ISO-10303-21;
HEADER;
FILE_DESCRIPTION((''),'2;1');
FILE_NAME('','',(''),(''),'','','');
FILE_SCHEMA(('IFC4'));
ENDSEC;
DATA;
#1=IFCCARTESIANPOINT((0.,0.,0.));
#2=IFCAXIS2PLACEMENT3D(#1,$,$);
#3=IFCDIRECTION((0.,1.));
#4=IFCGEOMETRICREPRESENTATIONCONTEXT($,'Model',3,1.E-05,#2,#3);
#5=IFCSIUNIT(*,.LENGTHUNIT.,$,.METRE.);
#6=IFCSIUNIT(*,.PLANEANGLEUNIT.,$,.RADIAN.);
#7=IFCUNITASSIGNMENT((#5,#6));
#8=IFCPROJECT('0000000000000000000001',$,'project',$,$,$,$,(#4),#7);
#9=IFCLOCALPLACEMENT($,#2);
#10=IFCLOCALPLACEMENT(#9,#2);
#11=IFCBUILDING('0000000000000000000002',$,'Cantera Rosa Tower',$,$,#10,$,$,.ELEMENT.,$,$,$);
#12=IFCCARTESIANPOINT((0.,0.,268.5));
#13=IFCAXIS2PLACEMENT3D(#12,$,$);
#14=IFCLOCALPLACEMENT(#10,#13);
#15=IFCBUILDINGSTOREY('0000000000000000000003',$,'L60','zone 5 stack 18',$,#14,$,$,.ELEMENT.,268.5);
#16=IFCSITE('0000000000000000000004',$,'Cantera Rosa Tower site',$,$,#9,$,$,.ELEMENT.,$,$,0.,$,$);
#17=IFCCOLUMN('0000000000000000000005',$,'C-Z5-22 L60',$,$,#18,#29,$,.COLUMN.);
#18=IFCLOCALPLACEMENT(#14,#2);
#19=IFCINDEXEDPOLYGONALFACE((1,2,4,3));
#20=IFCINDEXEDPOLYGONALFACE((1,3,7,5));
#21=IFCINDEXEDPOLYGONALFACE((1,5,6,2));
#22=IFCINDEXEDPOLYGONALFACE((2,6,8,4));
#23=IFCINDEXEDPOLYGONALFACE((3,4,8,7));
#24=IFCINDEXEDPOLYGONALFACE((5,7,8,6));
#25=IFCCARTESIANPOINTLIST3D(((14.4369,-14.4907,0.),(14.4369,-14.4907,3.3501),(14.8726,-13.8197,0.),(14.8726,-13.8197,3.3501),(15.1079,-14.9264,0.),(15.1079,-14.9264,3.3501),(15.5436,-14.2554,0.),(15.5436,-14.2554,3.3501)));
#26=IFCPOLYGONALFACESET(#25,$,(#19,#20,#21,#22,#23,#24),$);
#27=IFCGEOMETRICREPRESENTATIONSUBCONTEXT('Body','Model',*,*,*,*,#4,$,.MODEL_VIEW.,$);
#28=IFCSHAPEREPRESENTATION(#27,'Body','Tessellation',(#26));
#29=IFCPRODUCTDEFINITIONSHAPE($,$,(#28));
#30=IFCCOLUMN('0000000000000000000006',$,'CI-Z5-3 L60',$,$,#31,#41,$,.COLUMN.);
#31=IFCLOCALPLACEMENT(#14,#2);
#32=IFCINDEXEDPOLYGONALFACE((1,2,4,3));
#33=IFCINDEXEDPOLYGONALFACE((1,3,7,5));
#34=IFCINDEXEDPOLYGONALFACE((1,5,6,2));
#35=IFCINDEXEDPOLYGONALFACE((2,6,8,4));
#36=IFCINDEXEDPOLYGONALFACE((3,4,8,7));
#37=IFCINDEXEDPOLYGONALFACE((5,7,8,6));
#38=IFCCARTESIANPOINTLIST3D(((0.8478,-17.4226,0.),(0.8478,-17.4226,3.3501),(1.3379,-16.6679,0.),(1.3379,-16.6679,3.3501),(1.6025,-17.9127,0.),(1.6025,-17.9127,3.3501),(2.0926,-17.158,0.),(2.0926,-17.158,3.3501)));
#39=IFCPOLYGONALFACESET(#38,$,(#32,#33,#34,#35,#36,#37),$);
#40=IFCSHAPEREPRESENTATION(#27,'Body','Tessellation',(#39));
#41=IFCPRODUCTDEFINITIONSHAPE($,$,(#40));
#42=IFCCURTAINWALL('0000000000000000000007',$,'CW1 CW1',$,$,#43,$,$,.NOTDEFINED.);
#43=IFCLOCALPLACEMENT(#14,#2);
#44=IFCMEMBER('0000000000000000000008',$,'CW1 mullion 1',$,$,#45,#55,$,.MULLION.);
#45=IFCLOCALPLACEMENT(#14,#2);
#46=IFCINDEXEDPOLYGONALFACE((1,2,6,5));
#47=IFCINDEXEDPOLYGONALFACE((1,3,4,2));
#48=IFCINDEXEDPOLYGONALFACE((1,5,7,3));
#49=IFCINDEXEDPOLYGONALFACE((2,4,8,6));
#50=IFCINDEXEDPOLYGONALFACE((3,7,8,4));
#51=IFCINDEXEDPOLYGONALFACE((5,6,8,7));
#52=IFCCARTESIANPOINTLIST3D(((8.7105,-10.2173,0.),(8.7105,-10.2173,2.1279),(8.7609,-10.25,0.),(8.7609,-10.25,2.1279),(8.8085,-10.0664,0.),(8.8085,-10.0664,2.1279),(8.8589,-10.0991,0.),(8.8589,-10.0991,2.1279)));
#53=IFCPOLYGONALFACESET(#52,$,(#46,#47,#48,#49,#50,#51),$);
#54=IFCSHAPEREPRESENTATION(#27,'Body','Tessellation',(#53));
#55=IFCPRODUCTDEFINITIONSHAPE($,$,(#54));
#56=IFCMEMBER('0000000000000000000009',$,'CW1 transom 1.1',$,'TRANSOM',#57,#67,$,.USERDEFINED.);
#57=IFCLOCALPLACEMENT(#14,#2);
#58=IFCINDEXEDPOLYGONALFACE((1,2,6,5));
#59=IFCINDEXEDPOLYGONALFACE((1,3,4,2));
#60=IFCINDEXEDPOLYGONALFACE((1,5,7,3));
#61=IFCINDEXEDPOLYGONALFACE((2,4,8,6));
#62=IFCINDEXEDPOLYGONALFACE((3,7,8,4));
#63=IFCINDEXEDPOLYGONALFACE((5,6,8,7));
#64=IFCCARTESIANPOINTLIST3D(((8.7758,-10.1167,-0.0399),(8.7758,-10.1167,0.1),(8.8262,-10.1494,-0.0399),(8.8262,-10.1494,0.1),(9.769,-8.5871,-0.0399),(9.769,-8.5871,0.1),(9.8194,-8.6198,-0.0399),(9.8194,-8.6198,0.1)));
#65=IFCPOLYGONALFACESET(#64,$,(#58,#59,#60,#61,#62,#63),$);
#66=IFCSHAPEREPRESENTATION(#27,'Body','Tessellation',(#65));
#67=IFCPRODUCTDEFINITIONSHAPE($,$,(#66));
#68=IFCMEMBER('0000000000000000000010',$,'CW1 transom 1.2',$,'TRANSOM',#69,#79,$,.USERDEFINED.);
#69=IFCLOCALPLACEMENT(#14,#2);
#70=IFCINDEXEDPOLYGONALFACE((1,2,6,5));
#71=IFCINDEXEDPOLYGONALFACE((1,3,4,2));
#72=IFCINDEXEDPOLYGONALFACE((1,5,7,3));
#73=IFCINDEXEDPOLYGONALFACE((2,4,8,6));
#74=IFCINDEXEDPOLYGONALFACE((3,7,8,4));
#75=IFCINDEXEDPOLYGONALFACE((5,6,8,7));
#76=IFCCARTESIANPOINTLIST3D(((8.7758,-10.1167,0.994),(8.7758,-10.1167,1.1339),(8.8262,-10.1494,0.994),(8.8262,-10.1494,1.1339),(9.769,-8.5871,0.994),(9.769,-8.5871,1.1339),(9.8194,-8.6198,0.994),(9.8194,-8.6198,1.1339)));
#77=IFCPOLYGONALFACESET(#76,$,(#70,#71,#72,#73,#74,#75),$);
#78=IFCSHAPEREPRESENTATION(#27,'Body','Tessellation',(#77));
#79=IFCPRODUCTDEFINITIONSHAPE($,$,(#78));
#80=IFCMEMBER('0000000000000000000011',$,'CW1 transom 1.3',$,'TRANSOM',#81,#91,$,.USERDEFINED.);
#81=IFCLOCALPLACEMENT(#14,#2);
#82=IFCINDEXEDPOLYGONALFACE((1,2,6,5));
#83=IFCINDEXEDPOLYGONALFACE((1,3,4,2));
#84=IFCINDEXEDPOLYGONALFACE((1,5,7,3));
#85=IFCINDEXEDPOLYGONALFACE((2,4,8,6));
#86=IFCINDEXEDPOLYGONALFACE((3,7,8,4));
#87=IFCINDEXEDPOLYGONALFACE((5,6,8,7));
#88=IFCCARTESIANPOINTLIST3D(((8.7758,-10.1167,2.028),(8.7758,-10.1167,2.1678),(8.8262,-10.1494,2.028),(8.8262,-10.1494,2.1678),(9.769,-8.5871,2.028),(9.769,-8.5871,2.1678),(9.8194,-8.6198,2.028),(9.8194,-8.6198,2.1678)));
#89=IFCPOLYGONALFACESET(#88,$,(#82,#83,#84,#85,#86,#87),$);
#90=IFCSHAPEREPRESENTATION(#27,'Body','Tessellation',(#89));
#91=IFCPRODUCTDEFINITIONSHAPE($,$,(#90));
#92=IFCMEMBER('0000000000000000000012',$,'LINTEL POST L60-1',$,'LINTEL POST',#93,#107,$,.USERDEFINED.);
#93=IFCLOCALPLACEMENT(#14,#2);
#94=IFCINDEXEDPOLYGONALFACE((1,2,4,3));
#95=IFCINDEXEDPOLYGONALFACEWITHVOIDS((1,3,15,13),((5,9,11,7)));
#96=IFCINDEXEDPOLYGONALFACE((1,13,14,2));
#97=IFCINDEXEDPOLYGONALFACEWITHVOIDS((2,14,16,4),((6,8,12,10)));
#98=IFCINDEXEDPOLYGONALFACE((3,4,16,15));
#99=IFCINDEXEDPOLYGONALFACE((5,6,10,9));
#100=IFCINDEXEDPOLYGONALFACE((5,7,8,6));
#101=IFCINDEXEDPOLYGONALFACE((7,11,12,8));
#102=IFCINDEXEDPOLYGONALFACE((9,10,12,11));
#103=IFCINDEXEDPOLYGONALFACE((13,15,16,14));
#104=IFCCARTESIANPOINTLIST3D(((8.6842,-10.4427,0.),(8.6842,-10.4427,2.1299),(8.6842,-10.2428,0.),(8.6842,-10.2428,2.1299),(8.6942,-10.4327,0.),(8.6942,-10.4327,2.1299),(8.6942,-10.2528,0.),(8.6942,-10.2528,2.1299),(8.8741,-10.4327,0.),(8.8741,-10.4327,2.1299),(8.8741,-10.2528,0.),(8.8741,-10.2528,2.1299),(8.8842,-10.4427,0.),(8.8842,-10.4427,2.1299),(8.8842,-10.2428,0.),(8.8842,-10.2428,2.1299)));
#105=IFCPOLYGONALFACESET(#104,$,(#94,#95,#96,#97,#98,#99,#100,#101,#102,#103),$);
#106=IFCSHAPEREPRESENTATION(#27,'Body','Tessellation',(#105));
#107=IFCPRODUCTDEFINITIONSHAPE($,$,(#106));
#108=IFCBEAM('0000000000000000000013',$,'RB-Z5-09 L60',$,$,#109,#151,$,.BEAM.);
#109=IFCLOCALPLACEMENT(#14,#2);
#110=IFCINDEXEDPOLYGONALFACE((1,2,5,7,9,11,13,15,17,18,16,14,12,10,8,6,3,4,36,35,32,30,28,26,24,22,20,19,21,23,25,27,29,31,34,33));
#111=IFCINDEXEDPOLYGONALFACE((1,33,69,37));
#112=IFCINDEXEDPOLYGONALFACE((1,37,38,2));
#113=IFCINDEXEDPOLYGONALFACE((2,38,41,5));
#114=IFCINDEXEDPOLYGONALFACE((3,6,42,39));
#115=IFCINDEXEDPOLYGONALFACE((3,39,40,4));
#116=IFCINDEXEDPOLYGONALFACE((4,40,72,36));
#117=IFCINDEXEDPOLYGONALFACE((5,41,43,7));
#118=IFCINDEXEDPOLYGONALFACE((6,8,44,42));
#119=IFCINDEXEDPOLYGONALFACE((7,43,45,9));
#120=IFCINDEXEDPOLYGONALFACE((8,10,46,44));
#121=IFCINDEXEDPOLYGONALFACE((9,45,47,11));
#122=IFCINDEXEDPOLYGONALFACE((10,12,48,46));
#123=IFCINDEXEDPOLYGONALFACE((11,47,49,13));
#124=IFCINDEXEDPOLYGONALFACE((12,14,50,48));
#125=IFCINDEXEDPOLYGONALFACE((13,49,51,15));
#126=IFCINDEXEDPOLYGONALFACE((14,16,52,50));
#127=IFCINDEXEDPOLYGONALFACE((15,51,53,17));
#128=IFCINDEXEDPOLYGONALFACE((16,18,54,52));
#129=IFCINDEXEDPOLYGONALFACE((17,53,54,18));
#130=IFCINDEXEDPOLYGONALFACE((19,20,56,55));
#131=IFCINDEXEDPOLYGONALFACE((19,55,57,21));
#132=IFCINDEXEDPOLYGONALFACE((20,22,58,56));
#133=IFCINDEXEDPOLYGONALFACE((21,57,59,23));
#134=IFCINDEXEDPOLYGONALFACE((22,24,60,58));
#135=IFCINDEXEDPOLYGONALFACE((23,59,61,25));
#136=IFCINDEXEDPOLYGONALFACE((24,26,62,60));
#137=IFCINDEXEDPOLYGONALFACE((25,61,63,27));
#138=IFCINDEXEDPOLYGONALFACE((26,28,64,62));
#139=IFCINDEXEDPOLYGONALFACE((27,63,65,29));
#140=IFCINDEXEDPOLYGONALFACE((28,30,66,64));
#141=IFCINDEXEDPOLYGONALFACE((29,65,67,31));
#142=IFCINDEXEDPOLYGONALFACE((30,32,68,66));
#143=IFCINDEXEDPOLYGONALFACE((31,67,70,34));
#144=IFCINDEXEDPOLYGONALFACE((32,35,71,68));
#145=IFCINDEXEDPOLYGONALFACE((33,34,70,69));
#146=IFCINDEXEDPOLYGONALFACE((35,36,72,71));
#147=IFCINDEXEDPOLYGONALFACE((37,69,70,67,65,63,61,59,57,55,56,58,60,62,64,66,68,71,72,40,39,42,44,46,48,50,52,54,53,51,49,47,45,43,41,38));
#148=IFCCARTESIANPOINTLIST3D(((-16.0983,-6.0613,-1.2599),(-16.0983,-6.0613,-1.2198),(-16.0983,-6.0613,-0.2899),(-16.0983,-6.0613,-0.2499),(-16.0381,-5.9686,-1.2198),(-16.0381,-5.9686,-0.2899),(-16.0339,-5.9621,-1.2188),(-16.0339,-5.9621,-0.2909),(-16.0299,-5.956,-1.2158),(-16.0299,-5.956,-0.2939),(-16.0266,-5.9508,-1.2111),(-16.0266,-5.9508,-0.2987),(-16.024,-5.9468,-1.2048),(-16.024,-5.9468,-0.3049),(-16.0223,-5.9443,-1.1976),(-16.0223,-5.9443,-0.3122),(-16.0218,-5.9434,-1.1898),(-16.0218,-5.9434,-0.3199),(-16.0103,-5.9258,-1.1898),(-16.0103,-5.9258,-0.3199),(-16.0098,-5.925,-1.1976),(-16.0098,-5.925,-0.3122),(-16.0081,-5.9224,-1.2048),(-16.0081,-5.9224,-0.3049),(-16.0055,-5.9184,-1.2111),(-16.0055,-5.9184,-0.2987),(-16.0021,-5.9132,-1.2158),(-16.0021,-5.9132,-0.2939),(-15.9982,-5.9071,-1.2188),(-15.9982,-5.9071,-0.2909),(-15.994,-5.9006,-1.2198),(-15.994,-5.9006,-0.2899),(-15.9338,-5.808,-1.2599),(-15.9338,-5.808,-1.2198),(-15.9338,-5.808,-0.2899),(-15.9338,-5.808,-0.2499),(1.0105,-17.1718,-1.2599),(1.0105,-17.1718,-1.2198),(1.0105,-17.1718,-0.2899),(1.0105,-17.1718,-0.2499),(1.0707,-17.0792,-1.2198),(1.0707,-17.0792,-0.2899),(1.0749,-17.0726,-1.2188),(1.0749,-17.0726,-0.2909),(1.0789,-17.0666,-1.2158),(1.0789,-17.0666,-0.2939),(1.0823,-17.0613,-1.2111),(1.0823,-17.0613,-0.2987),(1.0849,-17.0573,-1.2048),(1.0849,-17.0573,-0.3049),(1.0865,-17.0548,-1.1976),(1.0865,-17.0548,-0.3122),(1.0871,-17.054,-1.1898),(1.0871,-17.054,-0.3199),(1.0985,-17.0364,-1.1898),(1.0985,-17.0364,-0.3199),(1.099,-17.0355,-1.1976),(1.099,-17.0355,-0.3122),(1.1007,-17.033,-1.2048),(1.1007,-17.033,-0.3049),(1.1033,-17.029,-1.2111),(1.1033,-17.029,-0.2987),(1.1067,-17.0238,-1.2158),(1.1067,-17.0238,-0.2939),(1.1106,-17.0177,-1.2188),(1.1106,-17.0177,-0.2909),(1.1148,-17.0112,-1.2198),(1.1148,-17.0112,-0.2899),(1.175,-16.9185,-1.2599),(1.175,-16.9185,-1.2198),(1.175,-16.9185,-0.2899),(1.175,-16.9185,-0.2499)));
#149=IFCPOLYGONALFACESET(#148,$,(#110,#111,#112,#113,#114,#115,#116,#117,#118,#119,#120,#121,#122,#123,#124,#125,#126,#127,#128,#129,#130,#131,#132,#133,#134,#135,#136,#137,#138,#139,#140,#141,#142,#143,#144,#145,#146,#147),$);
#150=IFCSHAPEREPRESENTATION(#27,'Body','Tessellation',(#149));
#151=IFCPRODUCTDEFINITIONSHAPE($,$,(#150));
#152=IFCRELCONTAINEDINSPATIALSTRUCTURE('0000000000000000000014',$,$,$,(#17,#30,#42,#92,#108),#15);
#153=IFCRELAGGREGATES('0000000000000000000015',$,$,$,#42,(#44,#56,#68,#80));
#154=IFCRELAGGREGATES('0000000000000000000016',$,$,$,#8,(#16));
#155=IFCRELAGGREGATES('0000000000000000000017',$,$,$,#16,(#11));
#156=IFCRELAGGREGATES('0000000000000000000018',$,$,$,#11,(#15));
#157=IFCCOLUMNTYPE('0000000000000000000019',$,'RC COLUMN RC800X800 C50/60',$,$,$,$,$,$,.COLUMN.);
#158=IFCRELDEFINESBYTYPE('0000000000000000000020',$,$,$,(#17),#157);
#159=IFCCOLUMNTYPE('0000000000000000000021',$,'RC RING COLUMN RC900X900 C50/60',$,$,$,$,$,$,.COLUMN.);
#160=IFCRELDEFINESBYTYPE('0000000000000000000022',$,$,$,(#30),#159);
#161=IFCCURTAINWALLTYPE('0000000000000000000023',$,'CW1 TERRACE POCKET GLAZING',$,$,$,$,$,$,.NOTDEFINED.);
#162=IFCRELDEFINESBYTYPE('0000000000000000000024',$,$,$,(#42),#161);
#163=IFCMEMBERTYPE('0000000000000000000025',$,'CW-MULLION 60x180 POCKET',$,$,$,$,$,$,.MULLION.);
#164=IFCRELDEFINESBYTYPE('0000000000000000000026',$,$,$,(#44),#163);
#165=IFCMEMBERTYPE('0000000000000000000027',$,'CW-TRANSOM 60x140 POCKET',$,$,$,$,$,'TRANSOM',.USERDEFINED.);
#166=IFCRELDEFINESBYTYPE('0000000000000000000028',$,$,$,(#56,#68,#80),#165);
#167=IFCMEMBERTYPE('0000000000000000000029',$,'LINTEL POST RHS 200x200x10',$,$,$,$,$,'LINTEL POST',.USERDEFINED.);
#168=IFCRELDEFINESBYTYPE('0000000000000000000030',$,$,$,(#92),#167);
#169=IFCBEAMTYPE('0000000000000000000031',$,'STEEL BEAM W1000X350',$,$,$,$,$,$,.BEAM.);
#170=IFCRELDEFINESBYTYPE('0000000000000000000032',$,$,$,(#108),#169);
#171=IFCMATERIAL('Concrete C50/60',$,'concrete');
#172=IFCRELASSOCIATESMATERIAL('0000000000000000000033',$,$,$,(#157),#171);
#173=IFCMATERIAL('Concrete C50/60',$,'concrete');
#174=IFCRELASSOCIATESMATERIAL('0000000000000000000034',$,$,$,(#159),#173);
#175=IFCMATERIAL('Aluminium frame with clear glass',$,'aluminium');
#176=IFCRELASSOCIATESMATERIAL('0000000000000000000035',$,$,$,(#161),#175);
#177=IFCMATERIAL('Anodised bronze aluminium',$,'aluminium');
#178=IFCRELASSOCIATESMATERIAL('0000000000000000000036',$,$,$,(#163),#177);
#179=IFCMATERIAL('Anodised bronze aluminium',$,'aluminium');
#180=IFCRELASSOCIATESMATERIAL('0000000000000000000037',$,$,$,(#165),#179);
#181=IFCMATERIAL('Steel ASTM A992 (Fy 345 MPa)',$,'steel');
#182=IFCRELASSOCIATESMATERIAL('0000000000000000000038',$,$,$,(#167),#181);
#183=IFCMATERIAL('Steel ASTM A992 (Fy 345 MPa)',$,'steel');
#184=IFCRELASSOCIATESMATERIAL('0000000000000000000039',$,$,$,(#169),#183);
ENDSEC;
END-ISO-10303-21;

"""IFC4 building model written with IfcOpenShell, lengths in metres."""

from ifc_helpers import new_model, si_unit, direction, frame, origin, origin_2d, place, context, subcontext, project, spatial, rectangle, hollow_rectangle, i_section, extrude, material, material_profile, profile_set, type_object, element, aggregate, save


model = new_model("IFC4")

# Units and contexts
model_context = context("Model", 3, precision=1e-05, world=origin(), true_north=direction((0.0, 1.0)))
body_context = subcontext(model_context, "Body", "Model", "MODEL_VIEW")
ifc_project = project(units=[si_unit("LENGTHUNIT", "METRE"), si_unit("PLANEANGLEUNIT", "RADIAN")], contexts=[model_context])

# Site, building, storey
site_placement = place(None, origin())
site = spatial("IfcSite", under=ifc_project, at=site_placement, Name="Cantera Rosa Tower site", CompositionType="ELEMENT", RefElevation=0.0)
building_placement = place(site_placement, origin())
building = spatial("IfcBuilding", under=site, at=building_placement, Name="Cantera Rosa Tower", CompositionType="ELEMENT")
storey_placement = place(building_placement, frame((0.0, 0.0, 268.5)))
storey = spatial("IfcBuildingStorey", under=building, at=storey_placement, Name="L60", Description="zone 5 stack 18", CompositionType="ELEMENT", Elevation=268.5)

# Columns
ifc_material_1 = material(Name="Concrete C50/60", Category="concrete")
ifc_material_profile_1 = material_profile(ifc_material_1, rectangle(XDim=0.8, YDim=0.8, at=origin_2d()), Name="RC COLUMN RC800X800 C50/60")
ifc_profile_set_1 = profile_set([ifc_material_profile_1], Name="Concrete C50/60")
column_type_1 = type_object("IfcColumnType", Name="RC COLUMN RC800X800 C50/60", PredefinedType="COLUMN", material=ifc_profile_set_1)
column_1_placement = place(storey_placement, frame((14.9902, -14.373, 0.0), z_axis=(0.0, 0.0, 1.0), x_axis=(0.544639, 0.838671, 0.0)))
element("IfcColumn", 1, at=column_1_placement, inside=storey, type_object=column_type_1, Name="C-Z5-22 L60", PredefinedType="COLUMN", context=body_context, shape_type="SweptSolid", body=[
    extrude(rectangle(XDim=0.8, YDim=0.8, at=origin_2d()), origin(), (0.0, 0.0, 1.0), 3.3501),
])
ifc_material_2 = material(Name="Concrete C50/60", Category="concrete")
ifc_material_profile_2 = material_profile(ifc_material_2, rectangle(XDim=0.8999, YDim=0.8999, at=origin_2d()), Name="RC RING COLUMN RC900X900 C50/60")
ifc_profile_set_2 = profile_set([ifc_material_profile_2], Name="Concrete C50/60")
column_type_2 = type_object("IfcColumnType", Name="RC RING COLUMN RC900X900 C50/60", PredefinedType="COLUMN", material=ifc_profile_set_2)
column_2_placement = place(storey_placement, frame((1.4702, -17.2903, 0.0), z_axis=(0.0, 0.0, 1.0), x_axis=(0.544639, 0.838671, 0.0)))
element("IfcColumn", 2, at=column_2_placement, inside=storey, type_object=column_type_2, Name="CI-Z5-3 L60", PredefinedType="COLUMN", context=body_context, shape_type="SweptSolid", body=[
    extrude(rectangle(XDim=0.8999, YDim=0.8999, at=origin_2d()), origin(), (0.0, 0.0, 1.0), 3.3501),
])

# Curtain wall, members
ifc_material_3 = material(Name="Aluminium frame with clear glass", Category="aluminium")
curtain_wall_type = type_object("IfcCurtainWallType", Name="CW1 TERRACE POCKET GLAZING", PredefinedType="NOTDEFINED", material=ifc_material_3)
curtain_wall_placement = place(storey_placement, origin())
curtain_wall = element("IfcCurtainWall", 3, at=curtain_wall_placement, inside=storey, type_object=curtain_wall_type, Name="CW1 CW1", PredefinedType="NOTDEFINED")
ifc_material_4 = material(Name="Anodised bronze aluminium", Category="aluminium")
ifc_material_profile_3 = material_profile(ifc_material_4, rectangle(XDim=0.0601, YDim=0.1799, at=origin_2d()), Name="CW-MULLION 60x180 POCKET")
ifc_profile_set_3 = profile_set([ifc_material_profile_3], Name="Anodised bronze aluminium")
member_type_1 = type_object("IfcMemberType", Name="CW-MULLION 60x180 POCKET", PredefinedType="MULLION", material=ifc_profile_set_3)
member_1_placement = place(storey_placement, frame((8.7847, -10.1582, 0.0), z_axis=(0.0, 0.0, 1.0), x_axis=(-0.838671, 0.544639, 0.0)))
member_1 = element("IfcMember", 4, at=member_1_placement, type_object=member_type_1, Name="CW1 mullion 1", PredefinedType="MULLION", context=body_context, shape_type="SweptSolid", body=[
    extrude(rectangle(XDim=0.0601, YDim=0.1799, at=origin_2d()), origin(), (0.0, 0.0, 1.0), 2.1279),
])
ifc_material_5 = material(Name="Anodised bronze aluminium", Category="aluminium")
ifc_material_profile_4 = material_profile(ifc_material_5, rectangle(XDim=0.0601, YDim=0.1399, at=origin_2d()), Name="CW-TRANSOM 60x140 POCKET")
ifc_profile_set_4 = profile_set([ifc_material_profile_4], Name="Anodised bronze aluminium")
member_type_2 = type_object("IfcMemberType", Name="CW-TRANSOM 60x140 POCKET", ElementType="TRANSOM", PredefinedType="USERDEFINED", material=ifc_profile_set_4)
member_2_placement = place(storey_placement, frame((8.801, -10.1331, 0.03), z_axis=(0.544588, 0.838703, 0.0), x_axis=(-0.838703, 0.544588, 0.0)))
member_2 = element("IfcMember", 5, at=member_2_placement, type_object=member_type_2, Name="CW1 transom 1.1", ObjectType="TRANSOM", PredefinedType="USERDEFINED", context=body_context, shape_type="SweptSolid", body=[
    extrude(rectangle(XDim=0.0601, YDim=0.1399, at=origin_2d()), origin(), (0.0, 0.0, 1.0), 1.8237),
])
member_3_placement = place(storey_placement, frame((8.801, -10.1331, 1.064), z_axis=(0.544588, 0.838703, 0.0), x_axis=(-0.838703, 0.544588, 0.0)))
member_3 = element("IfcMember", 6, at=member_3_placement, type_object=member_type_2, Name="CW1 transom 1.2", ObjectType="TRANSOM", PredefinedType="USERDEFINED", context=body_context, shape_type="SweptSolid", body=[
    extrude(rectangle(XDim=0.0601, YDim=0.1399, at=origin_2d()), origin(), (0.0, 0.0, 1.0), 1.8237),
])
member_4_placement = place(storey_placement, frame((8.801, -10.1331, 2.0979), z_axis=(0.544588, 0.838703, 0.0), x_axis=(-0.838703, 0.544588, 0.0)))
member_4 = element("IfcMember", 7, at=member_4_placement, type_object=member_type_2, Name="CW1 transom 1.3", ObjectType="TRANSOM", PredefinedType="USERDEFINED", context=body_context, shape_type="SweptSolid", body=[
    extrude(rectangle(XDim=0.0601, YDim=0.1399, at=origin_2d()), origin(), (0.0, 0.0, 1.0), 1.8237),
])

# Member
ifc_material_6 = material(Name="Steel ASTM A992 (Fy 345 MPa)", Category="steel")
ifc_material_profile_5 = material_profile(ifc_material_6, hollow_rectangle(XDim=0.2, YDim=0.2, WallThickness=0.01, at=origin_2d()), Name="LINTEL POST RHS 200x200x10")
ifc_profile_set_5 = profile_set([ifc_material_profile_5], Name="Steel ASTM A992 (Fy 345 MPa)")
member_type_3 = type_object("IfcMemberType", Name="LINTEL POST RHS 200x200x10", ElementType="LINTEL POST", PredefinedType="USERDEFINED", material=ifc_profile_set_5)
member_5_placement = place(storey_placement, frame((8.7842, -10.3428, 0.0), z_axis=(0.0, 0.0, 1.0), x_axis=(1.0, 0.0, 0.0)))
element("IfcMember", 8, at=member_5_placement, inside=storey, type_object=member_type_3, Name="LINTEL POST L60-1", ObjectType="LINTEL POST", PredefinedType="USERDEFINED", context=body_context, shape_type="SweptSolid", body=[
    extrude(hollow_rectangle(XDim=0.2, YDim=0.2, WallThickness=0.01, at=origin_2d()), origin(), (0.0, 0.0, 1.0), 2.1299),
])

# Beam
ifc_material_7 = material(Name="Steel ASTM A992 (Fy 345 MPa)", Category="steel")
ifc_material_profile_6 = material_profile(ifc_material_7, i_section(OverallWidth=0.302, OverallDepth=1.01, WebThickness=0.021, FlangeThickness=0.04, FilletRadius=0.03, at=origin_2d()), Name="W1000X350")
ifc_profile_set_6 = profile_set([ifc_material_profile_6], Name="Steel ASTM A992 (Fy 345 MPa)")
beam_type_1 = type_object("IfcBeamType", Name="STEEL BEAM W1000X350", PredefinedType="BEAM", material=ifc_profile_set_6)
beam_1_placement = place(storey_placement, frame((1.0928, -17.0452, -0.7549), z_axis=(-0.838672, 0.544637, 0.0), x_axis=(-0.544637, -0.838672, 0.0)))
element("IfcBeam", 9, at=beam_1_placement, inside=storey, type_object=beam_type_1, Name="RB-Z5-09 L60", PredefinedType="BEAM", context=body_context, shape_type="SweptSolid", body=[
    extrude(i_section(OverallWidth=0.302, OverallDepth=1.01, WebThickness=0.021, FlangeThickness=0.04, FilletRadius=0.03, at=origin_2d()), origin(), (0.0, 0.0, 1.0), 20.3999),
])

aggregate(curtain_wall, [member_1, member_2, member_3, member_4])

save(model, "model.ifc")
